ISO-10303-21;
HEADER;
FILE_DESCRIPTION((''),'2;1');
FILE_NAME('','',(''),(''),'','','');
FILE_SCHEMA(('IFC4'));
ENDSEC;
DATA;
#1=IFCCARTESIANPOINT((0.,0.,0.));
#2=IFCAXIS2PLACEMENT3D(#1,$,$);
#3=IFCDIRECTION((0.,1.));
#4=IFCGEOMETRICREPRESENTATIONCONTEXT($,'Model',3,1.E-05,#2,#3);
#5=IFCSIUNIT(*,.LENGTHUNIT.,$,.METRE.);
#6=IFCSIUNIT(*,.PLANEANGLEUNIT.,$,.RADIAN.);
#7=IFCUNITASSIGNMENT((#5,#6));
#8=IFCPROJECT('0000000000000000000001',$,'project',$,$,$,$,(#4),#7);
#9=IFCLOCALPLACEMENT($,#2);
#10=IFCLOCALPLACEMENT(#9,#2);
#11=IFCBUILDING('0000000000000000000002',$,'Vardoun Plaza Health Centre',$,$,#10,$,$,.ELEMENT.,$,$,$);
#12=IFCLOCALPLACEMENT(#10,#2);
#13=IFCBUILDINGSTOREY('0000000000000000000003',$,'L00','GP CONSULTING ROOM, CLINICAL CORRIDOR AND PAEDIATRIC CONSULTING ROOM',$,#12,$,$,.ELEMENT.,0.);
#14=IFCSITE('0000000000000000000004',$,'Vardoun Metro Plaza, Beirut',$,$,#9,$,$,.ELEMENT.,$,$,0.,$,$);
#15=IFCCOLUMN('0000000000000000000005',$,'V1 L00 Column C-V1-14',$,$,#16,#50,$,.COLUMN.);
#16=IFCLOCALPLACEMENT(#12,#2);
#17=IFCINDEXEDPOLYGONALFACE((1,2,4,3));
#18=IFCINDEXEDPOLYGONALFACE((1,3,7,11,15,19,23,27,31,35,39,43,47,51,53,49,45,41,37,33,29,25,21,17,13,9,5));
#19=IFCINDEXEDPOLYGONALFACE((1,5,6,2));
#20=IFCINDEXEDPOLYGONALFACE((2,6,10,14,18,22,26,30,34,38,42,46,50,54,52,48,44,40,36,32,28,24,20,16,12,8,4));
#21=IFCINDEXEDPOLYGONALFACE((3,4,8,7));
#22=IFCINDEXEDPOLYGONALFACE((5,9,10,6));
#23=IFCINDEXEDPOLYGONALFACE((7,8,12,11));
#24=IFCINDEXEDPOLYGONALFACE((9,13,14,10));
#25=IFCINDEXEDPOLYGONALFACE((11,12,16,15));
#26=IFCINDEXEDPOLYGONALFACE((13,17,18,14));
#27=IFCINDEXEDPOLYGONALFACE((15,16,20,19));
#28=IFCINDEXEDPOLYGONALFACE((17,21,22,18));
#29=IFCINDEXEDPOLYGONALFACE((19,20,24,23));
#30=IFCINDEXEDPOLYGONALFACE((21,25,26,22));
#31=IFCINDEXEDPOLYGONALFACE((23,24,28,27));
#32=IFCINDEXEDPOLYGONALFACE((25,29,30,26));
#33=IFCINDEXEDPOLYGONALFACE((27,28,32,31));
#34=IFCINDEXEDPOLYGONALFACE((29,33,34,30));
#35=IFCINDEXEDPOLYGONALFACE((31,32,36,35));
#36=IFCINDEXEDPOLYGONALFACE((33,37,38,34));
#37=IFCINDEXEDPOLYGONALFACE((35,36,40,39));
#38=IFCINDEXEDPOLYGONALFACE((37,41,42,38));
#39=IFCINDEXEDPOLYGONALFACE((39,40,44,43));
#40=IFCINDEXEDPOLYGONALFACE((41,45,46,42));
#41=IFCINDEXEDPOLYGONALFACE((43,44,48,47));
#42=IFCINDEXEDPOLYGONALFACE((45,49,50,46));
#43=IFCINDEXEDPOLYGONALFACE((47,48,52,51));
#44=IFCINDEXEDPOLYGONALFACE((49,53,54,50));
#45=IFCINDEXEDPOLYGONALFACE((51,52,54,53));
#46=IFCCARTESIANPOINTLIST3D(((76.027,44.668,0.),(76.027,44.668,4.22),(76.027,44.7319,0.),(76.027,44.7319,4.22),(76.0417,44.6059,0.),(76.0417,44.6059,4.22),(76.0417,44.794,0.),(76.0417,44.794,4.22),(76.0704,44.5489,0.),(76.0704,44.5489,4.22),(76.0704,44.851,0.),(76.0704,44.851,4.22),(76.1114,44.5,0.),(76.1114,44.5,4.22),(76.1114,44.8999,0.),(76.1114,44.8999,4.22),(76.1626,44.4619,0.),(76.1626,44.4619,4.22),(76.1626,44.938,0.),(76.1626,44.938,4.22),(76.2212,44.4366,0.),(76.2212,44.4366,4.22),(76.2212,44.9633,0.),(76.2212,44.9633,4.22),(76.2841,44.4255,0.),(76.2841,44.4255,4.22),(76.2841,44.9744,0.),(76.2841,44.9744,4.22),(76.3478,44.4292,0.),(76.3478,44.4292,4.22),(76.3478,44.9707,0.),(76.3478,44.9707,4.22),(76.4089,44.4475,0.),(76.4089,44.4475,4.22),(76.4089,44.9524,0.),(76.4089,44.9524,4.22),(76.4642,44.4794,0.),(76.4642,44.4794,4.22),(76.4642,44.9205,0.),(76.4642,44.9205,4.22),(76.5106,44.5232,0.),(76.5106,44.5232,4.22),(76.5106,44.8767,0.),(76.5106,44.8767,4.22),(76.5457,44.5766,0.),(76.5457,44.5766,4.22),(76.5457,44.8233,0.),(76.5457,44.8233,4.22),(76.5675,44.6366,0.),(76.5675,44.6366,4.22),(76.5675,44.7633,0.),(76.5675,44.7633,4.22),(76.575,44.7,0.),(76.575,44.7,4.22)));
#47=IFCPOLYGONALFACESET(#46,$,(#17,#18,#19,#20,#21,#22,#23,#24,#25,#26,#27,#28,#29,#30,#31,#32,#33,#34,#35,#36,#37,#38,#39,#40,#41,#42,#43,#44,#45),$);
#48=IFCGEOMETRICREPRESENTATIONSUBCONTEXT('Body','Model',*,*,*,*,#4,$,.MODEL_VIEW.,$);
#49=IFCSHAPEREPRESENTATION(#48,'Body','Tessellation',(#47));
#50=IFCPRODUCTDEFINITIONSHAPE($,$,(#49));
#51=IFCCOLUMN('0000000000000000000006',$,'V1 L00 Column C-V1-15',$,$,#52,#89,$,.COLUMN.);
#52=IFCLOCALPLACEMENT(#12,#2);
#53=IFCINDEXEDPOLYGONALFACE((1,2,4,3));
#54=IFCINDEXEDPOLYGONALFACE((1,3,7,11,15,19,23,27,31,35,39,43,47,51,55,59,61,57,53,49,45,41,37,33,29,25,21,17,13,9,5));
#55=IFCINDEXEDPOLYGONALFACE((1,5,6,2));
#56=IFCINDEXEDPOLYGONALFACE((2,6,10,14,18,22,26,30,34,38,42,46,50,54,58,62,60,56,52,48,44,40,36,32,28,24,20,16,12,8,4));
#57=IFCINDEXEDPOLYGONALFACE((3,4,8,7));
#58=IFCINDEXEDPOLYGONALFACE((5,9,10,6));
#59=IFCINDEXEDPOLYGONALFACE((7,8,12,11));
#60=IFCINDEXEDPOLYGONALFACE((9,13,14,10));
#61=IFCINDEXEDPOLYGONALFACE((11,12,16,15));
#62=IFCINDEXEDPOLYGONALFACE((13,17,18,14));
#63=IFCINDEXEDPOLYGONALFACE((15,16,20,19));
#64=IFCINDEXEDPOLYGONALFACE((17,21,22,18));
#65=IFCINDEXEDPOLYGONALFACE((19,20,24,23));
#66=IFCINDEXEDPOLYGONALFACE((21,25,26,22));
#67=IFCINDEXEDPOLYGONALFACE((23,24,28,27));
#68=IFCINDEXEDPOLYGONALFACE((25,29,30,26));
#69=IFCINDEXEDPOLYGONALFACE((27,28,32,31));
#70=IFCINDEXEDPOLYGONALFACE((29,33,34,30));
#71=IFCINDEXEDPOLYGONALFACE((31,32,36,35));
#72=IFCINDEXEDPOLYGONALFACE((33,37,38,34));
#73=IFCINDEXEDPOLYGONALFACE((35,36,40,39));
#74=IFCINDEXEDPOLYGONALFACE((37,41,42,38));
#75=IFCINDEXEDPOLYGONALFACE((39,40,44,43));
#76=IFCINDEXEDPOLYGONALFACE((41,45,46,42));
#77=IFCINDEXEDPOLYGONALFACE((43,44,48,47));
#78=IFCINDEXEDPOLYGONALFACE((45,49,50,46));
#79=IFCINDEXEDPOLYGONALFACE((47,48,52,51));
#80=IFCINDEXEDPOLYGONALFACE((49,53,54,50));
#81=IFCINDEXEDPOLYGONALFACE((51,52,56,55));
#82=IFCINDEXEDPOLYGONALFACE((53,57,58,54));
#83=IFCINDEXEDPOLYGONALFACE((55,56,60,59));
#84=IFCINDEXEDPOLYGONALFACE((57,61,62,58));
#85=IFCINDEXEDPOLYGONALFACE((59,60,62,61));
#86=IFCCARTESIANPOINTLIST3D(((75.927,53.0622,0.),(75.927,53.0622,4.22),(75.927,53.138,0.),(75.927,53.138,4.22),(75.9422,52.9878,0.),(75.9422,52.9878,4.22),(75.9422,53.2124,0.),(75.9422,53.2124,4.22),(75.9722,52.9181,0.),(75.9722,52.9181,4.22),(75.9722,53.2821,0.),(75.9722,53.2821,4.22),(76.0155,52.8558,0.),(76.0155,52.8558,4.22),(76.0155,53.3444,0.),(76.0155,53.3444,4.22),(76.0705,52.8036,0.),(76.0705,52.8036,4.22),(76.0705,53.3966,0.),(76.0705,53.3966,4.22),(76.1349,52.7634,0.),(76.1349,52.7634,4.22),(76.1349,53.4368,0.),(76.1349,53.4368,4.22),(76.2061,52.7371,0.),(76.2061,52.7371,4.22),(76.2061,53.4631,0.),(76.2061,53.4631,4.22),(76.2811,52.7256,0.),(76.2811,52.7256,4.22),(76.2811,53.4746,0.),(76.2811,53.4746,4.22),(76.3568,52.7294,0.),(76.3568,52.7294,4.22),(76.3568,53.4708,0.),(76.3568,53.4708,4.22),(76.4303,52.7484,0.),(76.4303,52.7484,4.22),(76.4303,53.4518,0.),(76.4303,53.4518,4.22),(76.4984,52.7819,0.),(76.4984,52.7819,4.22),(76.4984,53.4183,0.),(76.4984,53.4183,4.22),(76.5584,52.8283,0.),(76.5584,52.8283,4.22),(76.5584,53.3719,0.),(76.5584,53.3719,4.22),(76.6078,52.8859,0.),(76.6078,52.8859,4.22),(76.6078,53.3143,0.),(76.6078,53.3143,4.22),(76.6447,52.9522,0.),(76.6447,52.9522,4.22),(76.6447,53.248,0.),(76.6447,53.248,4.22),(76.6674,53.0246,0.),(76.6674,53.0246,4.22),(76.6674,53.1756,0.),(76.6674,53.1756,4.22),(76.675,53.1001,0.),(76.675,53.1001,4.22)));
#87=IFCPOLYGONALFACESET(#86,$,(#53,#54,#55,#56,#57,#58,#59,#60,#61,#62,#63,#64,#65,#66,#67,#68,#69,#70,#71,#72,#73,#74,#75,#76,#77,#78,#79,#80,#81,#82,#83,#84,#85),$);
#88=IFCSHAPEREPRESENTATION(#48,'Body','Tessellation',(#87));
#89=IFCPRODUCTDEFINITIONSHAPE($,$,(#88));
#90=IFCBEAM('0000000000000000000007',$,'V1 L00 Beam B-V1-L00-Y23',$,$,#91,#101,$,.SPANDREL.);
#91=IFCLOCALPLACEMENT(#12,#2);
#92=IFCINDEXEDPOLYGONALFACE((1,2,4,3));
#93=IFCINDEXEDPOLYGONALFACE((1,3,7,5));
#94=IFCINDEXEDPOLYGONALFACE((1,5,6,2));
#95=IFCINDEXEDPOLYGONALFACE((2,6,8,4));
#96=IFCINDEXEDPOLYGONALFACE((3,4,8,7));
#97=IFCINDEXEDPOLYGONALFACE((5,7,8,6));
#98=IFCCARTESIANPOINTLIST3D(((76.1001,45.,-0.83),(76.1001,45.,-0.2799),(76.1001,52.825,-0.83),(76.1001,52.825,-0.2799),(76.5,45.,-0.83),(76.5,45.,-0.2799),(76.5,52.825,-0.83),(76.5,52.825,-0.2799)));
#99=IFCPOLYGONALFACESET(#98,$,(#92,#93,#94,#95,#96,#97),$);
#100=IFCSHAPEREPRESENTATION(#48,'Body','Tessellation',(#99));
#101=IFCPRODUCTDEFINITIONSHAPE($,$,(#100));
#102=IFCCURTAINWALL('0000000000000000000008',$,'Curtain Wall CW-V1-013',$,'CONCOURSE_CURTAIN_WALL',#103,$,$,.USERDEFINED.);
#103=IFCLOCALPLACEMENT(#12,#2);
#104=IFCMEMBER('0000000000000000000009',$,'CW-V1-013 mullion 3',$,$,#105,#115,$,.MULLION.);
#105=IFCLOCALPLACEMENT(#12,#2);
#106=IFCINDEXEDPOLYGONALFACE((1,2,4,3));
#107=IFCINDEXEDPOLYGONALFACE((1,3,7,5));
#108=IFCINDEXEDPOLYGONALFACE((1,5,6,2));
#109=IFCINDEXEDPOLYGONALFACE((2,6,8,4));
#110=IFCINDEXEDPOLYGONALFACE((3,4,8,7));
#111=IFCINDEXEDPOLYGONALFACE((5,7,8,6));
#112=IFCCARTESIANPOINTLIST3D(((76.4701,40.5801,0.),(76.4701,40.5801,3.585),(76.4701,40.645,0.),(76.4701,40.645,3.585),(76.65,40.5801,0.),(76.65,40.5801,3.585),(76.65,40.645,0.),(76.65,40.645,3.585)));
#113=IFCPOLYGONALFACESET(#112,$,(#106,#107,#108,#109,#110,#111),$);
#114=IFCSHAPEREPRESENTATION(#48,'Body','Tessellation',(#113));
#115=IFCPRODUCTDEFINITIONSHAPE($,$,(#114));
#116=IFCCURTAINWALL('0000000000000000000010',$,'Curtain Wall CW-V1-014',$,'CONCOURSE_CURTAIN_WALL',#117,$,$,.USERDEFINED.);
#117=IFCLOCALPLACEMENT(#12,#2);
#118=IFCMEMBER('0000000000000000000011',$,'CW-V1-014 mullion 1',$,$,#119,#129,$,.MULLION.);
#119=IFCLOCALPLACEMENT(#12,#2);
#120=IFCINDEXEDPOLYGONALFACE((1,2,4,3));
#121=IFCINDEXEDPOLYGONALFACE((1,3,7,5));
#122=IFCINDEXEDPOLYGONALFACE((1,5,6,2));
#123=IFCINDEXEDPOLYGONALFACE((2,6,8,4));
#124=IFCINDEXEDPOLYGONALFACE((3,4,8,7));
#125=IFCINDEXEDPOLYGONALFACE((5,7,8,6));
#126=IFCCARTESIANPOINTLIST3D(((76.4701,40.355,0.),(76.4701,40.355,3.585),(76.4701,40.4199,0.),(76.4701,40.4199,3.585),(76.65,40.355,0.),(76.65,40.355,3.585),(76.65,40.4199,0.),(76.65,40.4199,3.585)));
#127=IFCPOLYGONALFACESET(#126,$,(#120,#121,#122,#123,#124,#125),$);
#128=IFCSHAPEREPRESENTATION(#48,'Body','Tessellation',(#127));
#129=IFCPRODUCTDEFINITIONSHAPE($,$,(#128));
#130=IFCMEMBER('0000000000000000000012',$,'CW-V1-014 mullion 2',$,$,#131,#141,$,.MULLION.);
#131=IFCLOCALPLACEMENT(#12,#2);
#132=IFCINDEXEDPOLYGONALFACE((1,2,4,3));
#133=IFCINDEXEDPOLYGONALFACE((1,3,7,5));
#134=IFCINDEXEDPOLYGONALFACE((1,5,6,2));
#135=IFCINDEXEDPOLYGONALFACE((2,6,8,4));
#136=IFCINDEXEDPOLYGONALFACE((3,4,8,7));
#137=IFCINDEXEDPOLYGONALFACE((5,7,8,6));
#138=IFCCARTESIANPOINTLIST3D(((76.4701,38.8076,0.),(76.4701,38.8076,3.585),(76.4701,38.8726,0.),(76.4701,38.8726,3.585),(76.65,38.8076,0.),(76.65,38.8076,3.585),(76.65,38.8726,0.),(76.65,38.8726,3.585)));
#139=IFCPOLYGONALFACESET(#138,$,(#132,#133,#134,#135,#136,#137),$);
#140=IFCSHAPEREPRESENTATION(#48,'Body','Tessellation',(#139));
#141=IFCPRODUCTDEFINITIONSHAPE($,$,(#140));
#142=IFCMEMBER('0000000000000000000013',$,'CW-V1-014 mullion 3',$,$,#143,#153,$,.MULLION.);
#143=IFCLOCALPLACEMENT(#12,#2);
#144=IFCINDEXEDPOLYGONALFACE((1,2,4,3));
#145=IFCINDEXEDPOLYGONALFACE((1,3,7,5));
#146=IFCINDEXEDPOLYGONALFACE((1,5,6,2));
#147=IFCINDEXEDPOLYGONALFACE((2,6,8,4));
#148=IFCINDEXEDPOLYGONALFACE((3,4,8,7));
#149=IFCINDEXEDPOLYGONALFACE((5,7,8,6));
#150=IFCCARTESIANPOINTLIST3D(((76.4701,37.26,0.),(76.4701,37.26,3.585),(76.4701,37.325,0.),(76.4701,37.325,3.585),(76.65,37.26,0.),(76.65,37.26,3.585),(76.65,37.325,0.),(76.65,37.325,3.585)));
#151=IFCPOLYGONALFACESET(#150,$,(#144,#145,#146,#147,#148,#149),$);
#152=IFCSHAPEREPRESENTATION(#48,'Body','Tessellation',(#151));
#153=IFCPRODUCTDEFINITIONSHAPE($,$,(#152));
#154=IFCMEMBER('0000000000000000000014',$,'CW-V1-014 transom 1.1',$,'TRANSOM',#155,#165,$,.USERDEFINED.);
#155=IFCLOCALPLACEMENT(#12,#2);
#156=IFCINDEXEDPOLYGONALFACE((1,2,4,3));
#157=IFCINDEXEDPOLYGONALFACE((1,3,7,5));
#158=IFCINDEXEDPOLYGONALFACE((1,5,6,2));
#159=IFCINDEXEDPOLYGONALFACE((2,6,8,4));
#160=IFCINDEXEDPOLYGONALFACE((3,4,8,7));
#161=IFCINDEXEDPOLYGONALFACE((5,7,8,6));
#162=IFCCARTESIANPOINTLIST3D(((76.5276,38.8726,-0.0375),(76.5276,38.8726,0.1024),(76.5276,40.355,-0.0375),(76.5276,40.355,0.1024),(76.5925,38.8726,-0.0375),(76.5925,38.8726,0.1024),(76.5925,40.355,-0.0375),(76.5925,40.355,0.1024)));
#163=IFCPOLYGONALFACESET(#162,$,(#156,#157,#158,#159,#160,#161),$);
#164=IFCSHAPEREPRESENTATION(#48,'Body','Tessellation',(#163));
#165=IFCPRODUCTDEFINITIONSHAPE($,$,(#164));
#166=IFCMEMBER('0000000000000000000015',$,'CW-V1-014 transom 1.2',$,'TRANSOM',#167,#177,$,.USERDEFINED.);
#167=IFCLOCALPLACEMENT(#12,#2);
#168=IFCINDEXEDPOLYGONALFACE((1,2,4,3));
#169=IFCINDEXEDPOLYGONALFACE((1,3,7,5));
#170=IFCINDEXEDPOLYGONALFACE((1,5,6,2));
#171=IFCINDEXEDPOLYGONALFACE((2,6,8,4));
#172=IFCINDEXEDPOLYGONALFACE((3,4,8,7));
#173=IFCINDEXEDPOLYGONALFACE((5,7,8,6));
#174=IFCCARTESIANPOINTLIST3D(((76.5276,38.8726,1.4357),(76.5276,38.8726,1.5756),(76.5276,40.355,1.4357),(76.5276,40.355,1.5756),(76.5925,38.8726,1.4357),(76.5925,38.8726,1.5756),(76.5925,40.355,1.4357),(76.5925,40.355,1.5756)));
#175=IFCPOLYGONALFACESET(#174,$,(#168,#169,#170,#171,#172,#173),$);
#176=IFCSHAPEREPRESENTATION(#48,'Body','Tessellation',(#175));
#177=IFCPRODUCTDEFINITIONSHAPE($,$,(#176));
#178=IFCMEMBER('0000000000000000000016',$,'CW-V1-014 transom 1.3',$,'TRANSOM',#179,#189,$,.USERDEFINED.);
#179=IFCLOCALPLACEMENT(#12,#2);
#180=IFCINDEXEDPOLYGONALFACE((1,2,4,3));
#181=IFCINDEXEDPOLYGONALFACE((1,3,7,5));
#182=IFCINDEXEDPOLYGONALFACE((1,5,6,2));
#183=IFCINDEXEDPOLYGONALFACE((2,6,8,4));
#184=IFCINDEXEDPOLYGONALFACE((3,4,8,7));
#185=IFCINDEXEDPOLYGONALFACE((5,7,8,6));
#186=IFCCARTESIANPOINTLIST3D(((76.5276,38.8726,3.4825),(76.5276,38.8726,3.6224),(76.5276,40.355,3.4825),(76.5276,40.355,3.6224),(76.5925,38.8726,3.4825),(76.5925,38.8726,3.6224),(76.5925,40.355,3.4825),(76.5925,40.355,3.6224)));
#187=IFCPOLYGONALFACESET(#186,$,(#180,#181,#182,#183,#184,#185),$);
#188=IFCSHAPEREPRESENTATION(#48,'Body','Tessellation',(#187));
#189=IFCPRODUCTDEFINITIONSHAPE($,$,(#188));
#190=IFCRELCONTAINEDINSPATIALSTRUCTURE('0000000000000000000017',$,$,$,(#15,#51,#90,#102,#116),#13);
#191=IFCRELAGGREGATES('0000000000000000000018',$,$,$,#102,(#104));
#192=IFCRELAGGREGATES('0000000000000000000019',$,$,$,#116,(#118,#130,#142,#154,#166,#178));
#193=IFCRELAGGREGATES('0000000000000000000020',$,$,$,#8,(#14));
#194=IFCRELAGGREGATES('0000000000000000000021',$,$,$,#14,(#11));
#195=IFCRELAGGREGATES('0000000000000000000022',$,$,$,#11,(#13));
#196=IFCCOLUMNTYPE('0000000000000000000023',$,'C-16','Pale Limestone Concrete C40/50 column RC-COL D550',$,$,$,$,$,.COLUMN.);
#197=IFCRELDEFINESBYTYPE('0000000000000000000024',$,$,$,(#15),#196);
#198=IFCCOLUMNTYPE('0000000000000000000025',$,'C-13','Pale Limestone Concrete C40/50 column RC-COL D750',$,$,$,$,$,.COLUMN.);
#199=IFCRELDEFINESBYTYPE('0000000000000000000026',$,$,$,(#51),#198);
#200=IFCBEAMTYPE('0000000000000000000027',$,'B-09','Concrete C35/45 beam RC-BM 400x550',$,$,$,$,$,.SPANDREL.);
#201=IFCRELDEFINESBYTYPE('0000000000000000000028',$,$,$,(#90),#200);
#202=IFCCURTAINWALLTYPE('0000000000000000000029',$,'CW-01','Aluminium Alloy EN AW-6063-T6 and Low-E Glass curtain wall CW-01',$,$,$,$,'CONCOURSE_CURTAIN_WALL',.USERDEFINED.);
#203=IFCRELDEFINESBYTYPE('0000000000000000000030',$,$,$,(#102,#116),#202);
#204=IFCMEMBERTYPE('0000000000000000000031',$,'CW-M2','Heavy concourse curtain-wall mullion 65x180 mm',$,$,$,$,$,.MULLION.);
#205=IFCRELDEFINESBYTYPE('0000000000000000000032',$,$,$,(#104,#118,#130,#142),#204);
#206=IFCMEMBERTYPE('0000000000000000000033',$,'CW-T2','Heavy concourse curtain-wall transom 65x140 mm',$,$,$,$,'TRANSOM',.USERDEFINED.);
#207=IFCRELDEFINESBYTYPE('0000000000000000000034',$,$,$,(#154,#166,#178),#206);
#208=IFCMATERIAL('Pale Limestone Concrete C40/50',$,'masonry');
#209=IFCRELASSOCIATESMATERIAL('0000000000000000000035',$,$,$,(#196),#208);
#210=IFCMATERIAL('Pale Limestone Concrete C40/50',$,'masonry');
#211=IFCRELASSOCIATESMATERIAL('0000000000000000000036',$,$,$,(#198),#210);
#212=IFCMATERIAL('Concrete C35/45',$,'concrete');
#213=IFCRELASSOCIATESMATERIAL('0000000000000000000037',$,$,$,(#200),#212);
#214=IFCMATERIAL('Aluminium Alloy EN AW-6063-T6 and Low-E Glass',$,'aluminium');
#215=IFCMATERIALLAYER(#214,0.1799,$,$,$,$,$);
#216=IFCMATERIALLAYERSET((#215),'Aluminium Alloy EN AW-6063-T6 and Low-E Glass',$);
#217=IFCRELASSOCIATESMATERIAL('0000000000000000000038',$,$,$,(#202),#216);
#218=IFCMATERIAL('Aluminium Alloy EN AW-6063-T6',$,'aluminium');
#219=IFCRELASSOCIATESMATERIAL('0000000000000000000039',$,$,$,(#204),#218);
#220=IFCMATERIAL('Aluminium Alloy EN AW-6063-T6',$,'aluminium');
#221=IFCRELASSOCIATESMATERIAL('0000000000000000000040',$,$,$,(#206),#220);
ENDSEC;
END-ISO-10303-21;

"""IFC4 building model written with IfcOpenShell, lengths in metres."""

from ifc_helpers import new_model, si_unit, direction, frame, origin, origin_2d, place, context, subcontext, project, spatial, rectangle, circle, extrude, material, layer, layer_set, material_profile, profile_set, type_object, element, aggregate, save


model = new_model("IFC4")

# Units and contexts
model_context = context("Model", 3, precision=1e-05, world=origin(), true_north=direction((0.0, 1.0)))
body_context = subcontext(model_context, "Body", "Model", "MODEL_VIEW")
ifc_project = project(units=[si_unit("LENGTHUNIT", "METRE"), si_unit("PLANEANGLEUNIT", "RADIAN")], contexts=[model_context])

# Site, building, storey
site_placement = place(None, origin())
site = spatial("IfcSite", under=ifc_project, at=site_placement, Name="Vardoun Metro Plaza, Beirut", CompositionType="ELEMENT", RefElevation=0.0)
building_placement = place(site_placement, origin())
building = spatial("IfcBuilding", under=site, at=building_placement, Name="Vardoun Plaza Health Centre", CompositionType="ELEMENT")
storey_placement = place(building_placement, origin())
storey = spatial("IfcBuildingStorey", under=building, at=storey_placement, Name="L00", Description="GP CONSULTING ROOM, CLINICAL CORRIDOR AND PAEDIATRIC CONSULTING ROOM", CompositionType="ELEMENT", Elevation=0.0)

# Columns
ifc_material_1 = material(Name="Pale Limestone Concrete C40/50", Category="masonry")
ifc_material_profile_1 = material_profile(ifc_material_1, circle(Radius=0.2749, at=origin_2d()), Name="RC-COL D550")
ifc_profile_set_1 = profile_set([ifc_material_profile_1], Name="Pale Limestone Concrete C40/50")
column_type_1 = type_object("IfcColumnType", Name="C-16", Description="Pale Limestone Concrete C40/50 column RC-COL D550", PredefinedType="COLUMN", material=ifc_profile_set_1)
column_1_placement = place(storey_placement, frame((76.3, 44.7, 0.0), z_axis=(0.0, 0.0, 1.0), x_axis=(1.0, 0.0, 0.0)))
element("IfcColumn", 1, at=column_1_placement, inside=storey, type_object=column_type_1, Name="V1 L00 Column C-V1-14", PredefinedType="COLUMN", context=body_context, shape_type="SweptSolid", body=[
    extrude(circle(Radius=0.2749, at=origin_2d()), origin(), (0.0, 0.0, 1.0), 4.22),
])
ifc_material_2 = material(Name="Pale Limestone Concrete C40/50", Category="masonry")
ifc_material_profile_2 = material_profile(ifc_material_2, circle(Radius=0.375, at=origin_2d()), Name="RC-COL D750")
ifc_profile_set_2 = profile_set([ifc_material_profile_2], Name="Pale Limestone Concrete C40/50")
column_type_2 = type_object("IfcColumnType", Name="C-13", Description="Pale Limestone Concrete C40/50 column RC-COL D750", PredefinedType="COLUMN", material=ifc_profile_set_2)
column_2_placement = place(storey_placement, frame((76.3, 53.1001, 0.0), z_axis=(0.0, 0.0, 1.0), x_axis=(1.0, 0.0, 0.0)))
element("IfcColumn", 2, at=column_2_placement, inside=storey, type_object=column_type_2, Name="V1 L00 Column C-V1-15", PredefinedType="COLUMN", context=body_context, shape_type="SweptSolid", body=[
    extrude(circle(Radius=0.375, at=origin_2d()), origin(), (0.0, 0.0, 1.0), 4.22),
])

# Beam
ifc_material_3 = material(Name="Concrete C35/45", Category="concrete")
ifc_material_profile_3 = material_profile(ifc_material_3, rectangle(XDim=0.3999, YDim=0.55, at=origin_2d()), Name="RC-BM 400x550")
ifc_profile_set_3 = profile_set([ifc_material_profile_3], Name="Concrete C35/45")
beam_type = type_object("IfcBeamType", Name="B-09", Description="Concrete C35/45 beam RC-BM 400x550", PredefinedType="SPANDREL", material=ifc_profile_set_3)
beam_placement = place(storey_placement, frame((76.3, 45.0, -0.5549), z_axis=(0.0, 1.0, 0.0), x_axis=(-1.0, 0.0, 0.0)))
element("IfcBeam", 3, at=beam_placement, inside=storey, type_object=beam_type, Name="V1 L00 Beam B-V1-L00-Y23", PredefinedType="SPANDREL", context=body_context, shape_type="SweptSolid", body=[
    extrude(rectangle(XDim=0.3999, YDim=0.55, at=origin_2d()), origin(), (0.0, 0.0, 1.0), 7.825),
])

# Curtain wall, member
ifc_material_4 = material(Name="Aluminium Alloy EN AW-6063-T6 and Low-E Glass", Category="aluminium")
ifc_layer_1 = layer(ifc_material_4, 0.1799)
ifc_layer_set_1 = layer_set([ifc_layer_1], Name="Aluminium Alloy EN AW-6063-T6 and Low-E Glass")
curtain_wall_type = type_object("IfcCurtainWallType", Name="CW-01", Description="Aluminium Alloy EN AW-6063-T6 and Low-E Glass curtain wall CW-01", ElementType="CONCOURSE_CURTAIN_WALL", PredefinedType="USERDEFINED", material=ifc_layer_set_1)
curtain_wall_1_placement = place(storey_placement, origin())
curtain_wall_1 = element("IfcCurtainWall", 4, at=curtain_wall_1_placement, inside=storey, type_object=curtain_wall_type, Name="Curtain Wall CW-V1-013", ObjectType="CONCOURSE_CURTAIN_WALL", PredefinedType="USERDEFINED")
ifc_material_5 = material(Name="Aluminium Alloy EN AW-6063-T6", Category="aluminium")
ifc_material_profile_4 = material_profile(ifc_material_5, rectangle(XDim=0.1799, YDim=0.0649, at=origin_2d()), Name="CWM 65x180")
ifc_profile_set_4 = profile_set([ifc_material_profile_4], Name="Aluminium Alloy EN AW-6063-T6")
member_type_1 = type_object("IfcMemberType", Name="CW-M2", Description="Heavy concourse curtain-wall mullion 65x180 mm", PredefinedType="MULLION", material=ifc_profile_set_4)
member_1_placement = place(storey_placement, frame((76.5601, 40.6125, 0.0), z_axis=(0.0, 0.0, 1.0), x_axis=(1.0, 0.0, 0.0)))
member_1 = element("IfcMember", 5, at=member_1_placement, type_object=member_type_1, Name="CW-V1-013 mullion 3", PredefinedType="MULLION", context=body_context, shape_type="SweptSolid", body=[
    extrude(rectangle(XDim=0.1799, YDim=0.0649, at=origin_2d()), origin(), (0.0, 0.0, 1.0), 3.585),
])
aggregate(curtain_wall_1, [member_1])

# Curtain wall, members
curtain_wall_2_placement = place(storey_placement, origin())
curtain_wall_2 = element("IfcCurtainWall", 6, at=curtain_wall_2_placement, inside=storey, type_object=curtain_wall_type, Name="Curtain Wall CW-V1-014", ObjectType="CONCOURSE_CURTAIN_WALL", PredefinedType="USERDEFINED")
member_2_placement = place(storey_placement, frame((76.5601, 40.3875, 0.0), z_axis=(0.0, 0.0, 1.0), x_axis=(1.0, 0.0, 0.0)))
member_2 = element("IfcMember", 7, at=member_2_placement, type_object=member_type_1, Name="CW-V1-014 mullion 1", PredefinedType="MULLION", context=body_context, shape_type="SweptSolid", body=[
    extrude(rectangle(XDim=0.1799, YDim=0.0649, at=origin_2d()), origin(), (0.0, 0.0, 1.0), 3.585),
])
member_3_placement = place(storey_placement, frame((76.5601, 38.8401, 0.0), z_axis=(0.0, 0.0, 1.0), x_axis=(1.0, 0.0, 0.0)))
member_3 = element("IfcMember", 8, at=member_3_placement, type_object=member_type_1, Name="CW-V1-014 mullion 2", PredefinedType="MULLION", context=body_context, shape_type="SweptSolid", body=[
    extrude(rectangle(XDim=0.1799, YDim=0.0649, at=origin_2d()), origin(), (0.0, 0.0, 1.0), 3.585),
])
member_4_placement = place(storey_placement, frame((76.5601, 37.2925, 0.0), z_axis=(0.0, 0.0, 1.0), x_axis=(1.0, 0.0, 0.0)))
member_4 = element("IfcMember", 9, at=member_4_placement, type_object=member_type_1, Name="CW-V1-014 mullion 3", PredefinedType="MULLION", context=body_context, shape_type="SweptSolid", body=[
    extrude(rectangle(XDim=0.1799, YDim=0.0649, at=origin_2d()), origin(), (0.0, 0.0, 1.0), 3.585),
])
ifc_material_6 = material(Name="Aluminium Alloy EN AW-6063-T6", Category="aluminium")
ifc_material_profile_5 = material_profile(ifc_material_6, rectangle(XDim=0.0649, YDim=0.1399, at=origin_2d()), Name="CWT 65x140")
ifc_profile_set_5 = profile_set([ifc_material_profile_5], Name="Aluminium Alloy EN AW-6063-T6")
member_type_2 = type_object("IfcMemberType", Name="CW-T2", Description="Heavy concourse curtain-wall transom 65x140 mm", ElementType="TRANSOM", PredefinedType="USERDEFINED", material=ifc_profile_set_5)
member_5_placement = place(storey_placement, frame((76.5601, 40.355, 0.0325), z_axis=(0.0, -1.0, 0.0), x_axis=(1.0, 0.0, 0.0)))
member_5 = element("IfcMember", 10, at=member_5_placement, type_object=member_type_2, Name="CW-V1-014 transom 1.1", ObjectType="TRANSOM", PredefinedType="USERDEFINED", context=body_context, shape_type="SweptSolid", body=[
    extrude(rectangle(XDim=0.0649, YDim=0.1399, at=origin_2d()), origin(), (0.0, 0.0, 1.0), 1.4824),
])
member_6_placement = place(storey_placement, frame((76.5601, 40.355, 1.5056), z_axis=(0.0, -1.0, 0.0), x_axis=(1.0, 0.0, 0.0)))
member_6 = element("IfcMember", 11, at=member_6_placement, type_object=member_type_2, Name="CW-V1-014 transom 1.2", ObjectType="TRANSOM", PredefinedType="USERDEFINED", context=body_context, shape_type="SweptSolid", body=[
    extrude(rectangle(XDim=0.0649, YDim=0.1399, at=origin_2d()), origin(), (0.0, 0.0, 1.0), 1.4824),
])
member_7_placement = place(storey_placement, frame((76.5601, 40.355, 3.5525), z_axis=(0.0, -1.0, 0.0), x_axis=(1.0, 0.0, 0.0)))
member_7 = element("IfcMember", 12, at=member_7_placement, type_object=member_type_2, Name="CW-V1-014 transom 1.3", ObjectType="TRANSOM", PredefinedType="USERDEFINED", context=body_context, shape_type="SweptSolid", body=[
    extrude(rectangle(XDim=0.0649, YDim=0.1399, at=origin_2d()), origin(), (0.0, 0.0, 1.0), 1.4824),
])
aggregate(curtain_wall_2, [member_2, member_3, member_4, member_5, member_6, member_7])

save(model, "model.ifc")
